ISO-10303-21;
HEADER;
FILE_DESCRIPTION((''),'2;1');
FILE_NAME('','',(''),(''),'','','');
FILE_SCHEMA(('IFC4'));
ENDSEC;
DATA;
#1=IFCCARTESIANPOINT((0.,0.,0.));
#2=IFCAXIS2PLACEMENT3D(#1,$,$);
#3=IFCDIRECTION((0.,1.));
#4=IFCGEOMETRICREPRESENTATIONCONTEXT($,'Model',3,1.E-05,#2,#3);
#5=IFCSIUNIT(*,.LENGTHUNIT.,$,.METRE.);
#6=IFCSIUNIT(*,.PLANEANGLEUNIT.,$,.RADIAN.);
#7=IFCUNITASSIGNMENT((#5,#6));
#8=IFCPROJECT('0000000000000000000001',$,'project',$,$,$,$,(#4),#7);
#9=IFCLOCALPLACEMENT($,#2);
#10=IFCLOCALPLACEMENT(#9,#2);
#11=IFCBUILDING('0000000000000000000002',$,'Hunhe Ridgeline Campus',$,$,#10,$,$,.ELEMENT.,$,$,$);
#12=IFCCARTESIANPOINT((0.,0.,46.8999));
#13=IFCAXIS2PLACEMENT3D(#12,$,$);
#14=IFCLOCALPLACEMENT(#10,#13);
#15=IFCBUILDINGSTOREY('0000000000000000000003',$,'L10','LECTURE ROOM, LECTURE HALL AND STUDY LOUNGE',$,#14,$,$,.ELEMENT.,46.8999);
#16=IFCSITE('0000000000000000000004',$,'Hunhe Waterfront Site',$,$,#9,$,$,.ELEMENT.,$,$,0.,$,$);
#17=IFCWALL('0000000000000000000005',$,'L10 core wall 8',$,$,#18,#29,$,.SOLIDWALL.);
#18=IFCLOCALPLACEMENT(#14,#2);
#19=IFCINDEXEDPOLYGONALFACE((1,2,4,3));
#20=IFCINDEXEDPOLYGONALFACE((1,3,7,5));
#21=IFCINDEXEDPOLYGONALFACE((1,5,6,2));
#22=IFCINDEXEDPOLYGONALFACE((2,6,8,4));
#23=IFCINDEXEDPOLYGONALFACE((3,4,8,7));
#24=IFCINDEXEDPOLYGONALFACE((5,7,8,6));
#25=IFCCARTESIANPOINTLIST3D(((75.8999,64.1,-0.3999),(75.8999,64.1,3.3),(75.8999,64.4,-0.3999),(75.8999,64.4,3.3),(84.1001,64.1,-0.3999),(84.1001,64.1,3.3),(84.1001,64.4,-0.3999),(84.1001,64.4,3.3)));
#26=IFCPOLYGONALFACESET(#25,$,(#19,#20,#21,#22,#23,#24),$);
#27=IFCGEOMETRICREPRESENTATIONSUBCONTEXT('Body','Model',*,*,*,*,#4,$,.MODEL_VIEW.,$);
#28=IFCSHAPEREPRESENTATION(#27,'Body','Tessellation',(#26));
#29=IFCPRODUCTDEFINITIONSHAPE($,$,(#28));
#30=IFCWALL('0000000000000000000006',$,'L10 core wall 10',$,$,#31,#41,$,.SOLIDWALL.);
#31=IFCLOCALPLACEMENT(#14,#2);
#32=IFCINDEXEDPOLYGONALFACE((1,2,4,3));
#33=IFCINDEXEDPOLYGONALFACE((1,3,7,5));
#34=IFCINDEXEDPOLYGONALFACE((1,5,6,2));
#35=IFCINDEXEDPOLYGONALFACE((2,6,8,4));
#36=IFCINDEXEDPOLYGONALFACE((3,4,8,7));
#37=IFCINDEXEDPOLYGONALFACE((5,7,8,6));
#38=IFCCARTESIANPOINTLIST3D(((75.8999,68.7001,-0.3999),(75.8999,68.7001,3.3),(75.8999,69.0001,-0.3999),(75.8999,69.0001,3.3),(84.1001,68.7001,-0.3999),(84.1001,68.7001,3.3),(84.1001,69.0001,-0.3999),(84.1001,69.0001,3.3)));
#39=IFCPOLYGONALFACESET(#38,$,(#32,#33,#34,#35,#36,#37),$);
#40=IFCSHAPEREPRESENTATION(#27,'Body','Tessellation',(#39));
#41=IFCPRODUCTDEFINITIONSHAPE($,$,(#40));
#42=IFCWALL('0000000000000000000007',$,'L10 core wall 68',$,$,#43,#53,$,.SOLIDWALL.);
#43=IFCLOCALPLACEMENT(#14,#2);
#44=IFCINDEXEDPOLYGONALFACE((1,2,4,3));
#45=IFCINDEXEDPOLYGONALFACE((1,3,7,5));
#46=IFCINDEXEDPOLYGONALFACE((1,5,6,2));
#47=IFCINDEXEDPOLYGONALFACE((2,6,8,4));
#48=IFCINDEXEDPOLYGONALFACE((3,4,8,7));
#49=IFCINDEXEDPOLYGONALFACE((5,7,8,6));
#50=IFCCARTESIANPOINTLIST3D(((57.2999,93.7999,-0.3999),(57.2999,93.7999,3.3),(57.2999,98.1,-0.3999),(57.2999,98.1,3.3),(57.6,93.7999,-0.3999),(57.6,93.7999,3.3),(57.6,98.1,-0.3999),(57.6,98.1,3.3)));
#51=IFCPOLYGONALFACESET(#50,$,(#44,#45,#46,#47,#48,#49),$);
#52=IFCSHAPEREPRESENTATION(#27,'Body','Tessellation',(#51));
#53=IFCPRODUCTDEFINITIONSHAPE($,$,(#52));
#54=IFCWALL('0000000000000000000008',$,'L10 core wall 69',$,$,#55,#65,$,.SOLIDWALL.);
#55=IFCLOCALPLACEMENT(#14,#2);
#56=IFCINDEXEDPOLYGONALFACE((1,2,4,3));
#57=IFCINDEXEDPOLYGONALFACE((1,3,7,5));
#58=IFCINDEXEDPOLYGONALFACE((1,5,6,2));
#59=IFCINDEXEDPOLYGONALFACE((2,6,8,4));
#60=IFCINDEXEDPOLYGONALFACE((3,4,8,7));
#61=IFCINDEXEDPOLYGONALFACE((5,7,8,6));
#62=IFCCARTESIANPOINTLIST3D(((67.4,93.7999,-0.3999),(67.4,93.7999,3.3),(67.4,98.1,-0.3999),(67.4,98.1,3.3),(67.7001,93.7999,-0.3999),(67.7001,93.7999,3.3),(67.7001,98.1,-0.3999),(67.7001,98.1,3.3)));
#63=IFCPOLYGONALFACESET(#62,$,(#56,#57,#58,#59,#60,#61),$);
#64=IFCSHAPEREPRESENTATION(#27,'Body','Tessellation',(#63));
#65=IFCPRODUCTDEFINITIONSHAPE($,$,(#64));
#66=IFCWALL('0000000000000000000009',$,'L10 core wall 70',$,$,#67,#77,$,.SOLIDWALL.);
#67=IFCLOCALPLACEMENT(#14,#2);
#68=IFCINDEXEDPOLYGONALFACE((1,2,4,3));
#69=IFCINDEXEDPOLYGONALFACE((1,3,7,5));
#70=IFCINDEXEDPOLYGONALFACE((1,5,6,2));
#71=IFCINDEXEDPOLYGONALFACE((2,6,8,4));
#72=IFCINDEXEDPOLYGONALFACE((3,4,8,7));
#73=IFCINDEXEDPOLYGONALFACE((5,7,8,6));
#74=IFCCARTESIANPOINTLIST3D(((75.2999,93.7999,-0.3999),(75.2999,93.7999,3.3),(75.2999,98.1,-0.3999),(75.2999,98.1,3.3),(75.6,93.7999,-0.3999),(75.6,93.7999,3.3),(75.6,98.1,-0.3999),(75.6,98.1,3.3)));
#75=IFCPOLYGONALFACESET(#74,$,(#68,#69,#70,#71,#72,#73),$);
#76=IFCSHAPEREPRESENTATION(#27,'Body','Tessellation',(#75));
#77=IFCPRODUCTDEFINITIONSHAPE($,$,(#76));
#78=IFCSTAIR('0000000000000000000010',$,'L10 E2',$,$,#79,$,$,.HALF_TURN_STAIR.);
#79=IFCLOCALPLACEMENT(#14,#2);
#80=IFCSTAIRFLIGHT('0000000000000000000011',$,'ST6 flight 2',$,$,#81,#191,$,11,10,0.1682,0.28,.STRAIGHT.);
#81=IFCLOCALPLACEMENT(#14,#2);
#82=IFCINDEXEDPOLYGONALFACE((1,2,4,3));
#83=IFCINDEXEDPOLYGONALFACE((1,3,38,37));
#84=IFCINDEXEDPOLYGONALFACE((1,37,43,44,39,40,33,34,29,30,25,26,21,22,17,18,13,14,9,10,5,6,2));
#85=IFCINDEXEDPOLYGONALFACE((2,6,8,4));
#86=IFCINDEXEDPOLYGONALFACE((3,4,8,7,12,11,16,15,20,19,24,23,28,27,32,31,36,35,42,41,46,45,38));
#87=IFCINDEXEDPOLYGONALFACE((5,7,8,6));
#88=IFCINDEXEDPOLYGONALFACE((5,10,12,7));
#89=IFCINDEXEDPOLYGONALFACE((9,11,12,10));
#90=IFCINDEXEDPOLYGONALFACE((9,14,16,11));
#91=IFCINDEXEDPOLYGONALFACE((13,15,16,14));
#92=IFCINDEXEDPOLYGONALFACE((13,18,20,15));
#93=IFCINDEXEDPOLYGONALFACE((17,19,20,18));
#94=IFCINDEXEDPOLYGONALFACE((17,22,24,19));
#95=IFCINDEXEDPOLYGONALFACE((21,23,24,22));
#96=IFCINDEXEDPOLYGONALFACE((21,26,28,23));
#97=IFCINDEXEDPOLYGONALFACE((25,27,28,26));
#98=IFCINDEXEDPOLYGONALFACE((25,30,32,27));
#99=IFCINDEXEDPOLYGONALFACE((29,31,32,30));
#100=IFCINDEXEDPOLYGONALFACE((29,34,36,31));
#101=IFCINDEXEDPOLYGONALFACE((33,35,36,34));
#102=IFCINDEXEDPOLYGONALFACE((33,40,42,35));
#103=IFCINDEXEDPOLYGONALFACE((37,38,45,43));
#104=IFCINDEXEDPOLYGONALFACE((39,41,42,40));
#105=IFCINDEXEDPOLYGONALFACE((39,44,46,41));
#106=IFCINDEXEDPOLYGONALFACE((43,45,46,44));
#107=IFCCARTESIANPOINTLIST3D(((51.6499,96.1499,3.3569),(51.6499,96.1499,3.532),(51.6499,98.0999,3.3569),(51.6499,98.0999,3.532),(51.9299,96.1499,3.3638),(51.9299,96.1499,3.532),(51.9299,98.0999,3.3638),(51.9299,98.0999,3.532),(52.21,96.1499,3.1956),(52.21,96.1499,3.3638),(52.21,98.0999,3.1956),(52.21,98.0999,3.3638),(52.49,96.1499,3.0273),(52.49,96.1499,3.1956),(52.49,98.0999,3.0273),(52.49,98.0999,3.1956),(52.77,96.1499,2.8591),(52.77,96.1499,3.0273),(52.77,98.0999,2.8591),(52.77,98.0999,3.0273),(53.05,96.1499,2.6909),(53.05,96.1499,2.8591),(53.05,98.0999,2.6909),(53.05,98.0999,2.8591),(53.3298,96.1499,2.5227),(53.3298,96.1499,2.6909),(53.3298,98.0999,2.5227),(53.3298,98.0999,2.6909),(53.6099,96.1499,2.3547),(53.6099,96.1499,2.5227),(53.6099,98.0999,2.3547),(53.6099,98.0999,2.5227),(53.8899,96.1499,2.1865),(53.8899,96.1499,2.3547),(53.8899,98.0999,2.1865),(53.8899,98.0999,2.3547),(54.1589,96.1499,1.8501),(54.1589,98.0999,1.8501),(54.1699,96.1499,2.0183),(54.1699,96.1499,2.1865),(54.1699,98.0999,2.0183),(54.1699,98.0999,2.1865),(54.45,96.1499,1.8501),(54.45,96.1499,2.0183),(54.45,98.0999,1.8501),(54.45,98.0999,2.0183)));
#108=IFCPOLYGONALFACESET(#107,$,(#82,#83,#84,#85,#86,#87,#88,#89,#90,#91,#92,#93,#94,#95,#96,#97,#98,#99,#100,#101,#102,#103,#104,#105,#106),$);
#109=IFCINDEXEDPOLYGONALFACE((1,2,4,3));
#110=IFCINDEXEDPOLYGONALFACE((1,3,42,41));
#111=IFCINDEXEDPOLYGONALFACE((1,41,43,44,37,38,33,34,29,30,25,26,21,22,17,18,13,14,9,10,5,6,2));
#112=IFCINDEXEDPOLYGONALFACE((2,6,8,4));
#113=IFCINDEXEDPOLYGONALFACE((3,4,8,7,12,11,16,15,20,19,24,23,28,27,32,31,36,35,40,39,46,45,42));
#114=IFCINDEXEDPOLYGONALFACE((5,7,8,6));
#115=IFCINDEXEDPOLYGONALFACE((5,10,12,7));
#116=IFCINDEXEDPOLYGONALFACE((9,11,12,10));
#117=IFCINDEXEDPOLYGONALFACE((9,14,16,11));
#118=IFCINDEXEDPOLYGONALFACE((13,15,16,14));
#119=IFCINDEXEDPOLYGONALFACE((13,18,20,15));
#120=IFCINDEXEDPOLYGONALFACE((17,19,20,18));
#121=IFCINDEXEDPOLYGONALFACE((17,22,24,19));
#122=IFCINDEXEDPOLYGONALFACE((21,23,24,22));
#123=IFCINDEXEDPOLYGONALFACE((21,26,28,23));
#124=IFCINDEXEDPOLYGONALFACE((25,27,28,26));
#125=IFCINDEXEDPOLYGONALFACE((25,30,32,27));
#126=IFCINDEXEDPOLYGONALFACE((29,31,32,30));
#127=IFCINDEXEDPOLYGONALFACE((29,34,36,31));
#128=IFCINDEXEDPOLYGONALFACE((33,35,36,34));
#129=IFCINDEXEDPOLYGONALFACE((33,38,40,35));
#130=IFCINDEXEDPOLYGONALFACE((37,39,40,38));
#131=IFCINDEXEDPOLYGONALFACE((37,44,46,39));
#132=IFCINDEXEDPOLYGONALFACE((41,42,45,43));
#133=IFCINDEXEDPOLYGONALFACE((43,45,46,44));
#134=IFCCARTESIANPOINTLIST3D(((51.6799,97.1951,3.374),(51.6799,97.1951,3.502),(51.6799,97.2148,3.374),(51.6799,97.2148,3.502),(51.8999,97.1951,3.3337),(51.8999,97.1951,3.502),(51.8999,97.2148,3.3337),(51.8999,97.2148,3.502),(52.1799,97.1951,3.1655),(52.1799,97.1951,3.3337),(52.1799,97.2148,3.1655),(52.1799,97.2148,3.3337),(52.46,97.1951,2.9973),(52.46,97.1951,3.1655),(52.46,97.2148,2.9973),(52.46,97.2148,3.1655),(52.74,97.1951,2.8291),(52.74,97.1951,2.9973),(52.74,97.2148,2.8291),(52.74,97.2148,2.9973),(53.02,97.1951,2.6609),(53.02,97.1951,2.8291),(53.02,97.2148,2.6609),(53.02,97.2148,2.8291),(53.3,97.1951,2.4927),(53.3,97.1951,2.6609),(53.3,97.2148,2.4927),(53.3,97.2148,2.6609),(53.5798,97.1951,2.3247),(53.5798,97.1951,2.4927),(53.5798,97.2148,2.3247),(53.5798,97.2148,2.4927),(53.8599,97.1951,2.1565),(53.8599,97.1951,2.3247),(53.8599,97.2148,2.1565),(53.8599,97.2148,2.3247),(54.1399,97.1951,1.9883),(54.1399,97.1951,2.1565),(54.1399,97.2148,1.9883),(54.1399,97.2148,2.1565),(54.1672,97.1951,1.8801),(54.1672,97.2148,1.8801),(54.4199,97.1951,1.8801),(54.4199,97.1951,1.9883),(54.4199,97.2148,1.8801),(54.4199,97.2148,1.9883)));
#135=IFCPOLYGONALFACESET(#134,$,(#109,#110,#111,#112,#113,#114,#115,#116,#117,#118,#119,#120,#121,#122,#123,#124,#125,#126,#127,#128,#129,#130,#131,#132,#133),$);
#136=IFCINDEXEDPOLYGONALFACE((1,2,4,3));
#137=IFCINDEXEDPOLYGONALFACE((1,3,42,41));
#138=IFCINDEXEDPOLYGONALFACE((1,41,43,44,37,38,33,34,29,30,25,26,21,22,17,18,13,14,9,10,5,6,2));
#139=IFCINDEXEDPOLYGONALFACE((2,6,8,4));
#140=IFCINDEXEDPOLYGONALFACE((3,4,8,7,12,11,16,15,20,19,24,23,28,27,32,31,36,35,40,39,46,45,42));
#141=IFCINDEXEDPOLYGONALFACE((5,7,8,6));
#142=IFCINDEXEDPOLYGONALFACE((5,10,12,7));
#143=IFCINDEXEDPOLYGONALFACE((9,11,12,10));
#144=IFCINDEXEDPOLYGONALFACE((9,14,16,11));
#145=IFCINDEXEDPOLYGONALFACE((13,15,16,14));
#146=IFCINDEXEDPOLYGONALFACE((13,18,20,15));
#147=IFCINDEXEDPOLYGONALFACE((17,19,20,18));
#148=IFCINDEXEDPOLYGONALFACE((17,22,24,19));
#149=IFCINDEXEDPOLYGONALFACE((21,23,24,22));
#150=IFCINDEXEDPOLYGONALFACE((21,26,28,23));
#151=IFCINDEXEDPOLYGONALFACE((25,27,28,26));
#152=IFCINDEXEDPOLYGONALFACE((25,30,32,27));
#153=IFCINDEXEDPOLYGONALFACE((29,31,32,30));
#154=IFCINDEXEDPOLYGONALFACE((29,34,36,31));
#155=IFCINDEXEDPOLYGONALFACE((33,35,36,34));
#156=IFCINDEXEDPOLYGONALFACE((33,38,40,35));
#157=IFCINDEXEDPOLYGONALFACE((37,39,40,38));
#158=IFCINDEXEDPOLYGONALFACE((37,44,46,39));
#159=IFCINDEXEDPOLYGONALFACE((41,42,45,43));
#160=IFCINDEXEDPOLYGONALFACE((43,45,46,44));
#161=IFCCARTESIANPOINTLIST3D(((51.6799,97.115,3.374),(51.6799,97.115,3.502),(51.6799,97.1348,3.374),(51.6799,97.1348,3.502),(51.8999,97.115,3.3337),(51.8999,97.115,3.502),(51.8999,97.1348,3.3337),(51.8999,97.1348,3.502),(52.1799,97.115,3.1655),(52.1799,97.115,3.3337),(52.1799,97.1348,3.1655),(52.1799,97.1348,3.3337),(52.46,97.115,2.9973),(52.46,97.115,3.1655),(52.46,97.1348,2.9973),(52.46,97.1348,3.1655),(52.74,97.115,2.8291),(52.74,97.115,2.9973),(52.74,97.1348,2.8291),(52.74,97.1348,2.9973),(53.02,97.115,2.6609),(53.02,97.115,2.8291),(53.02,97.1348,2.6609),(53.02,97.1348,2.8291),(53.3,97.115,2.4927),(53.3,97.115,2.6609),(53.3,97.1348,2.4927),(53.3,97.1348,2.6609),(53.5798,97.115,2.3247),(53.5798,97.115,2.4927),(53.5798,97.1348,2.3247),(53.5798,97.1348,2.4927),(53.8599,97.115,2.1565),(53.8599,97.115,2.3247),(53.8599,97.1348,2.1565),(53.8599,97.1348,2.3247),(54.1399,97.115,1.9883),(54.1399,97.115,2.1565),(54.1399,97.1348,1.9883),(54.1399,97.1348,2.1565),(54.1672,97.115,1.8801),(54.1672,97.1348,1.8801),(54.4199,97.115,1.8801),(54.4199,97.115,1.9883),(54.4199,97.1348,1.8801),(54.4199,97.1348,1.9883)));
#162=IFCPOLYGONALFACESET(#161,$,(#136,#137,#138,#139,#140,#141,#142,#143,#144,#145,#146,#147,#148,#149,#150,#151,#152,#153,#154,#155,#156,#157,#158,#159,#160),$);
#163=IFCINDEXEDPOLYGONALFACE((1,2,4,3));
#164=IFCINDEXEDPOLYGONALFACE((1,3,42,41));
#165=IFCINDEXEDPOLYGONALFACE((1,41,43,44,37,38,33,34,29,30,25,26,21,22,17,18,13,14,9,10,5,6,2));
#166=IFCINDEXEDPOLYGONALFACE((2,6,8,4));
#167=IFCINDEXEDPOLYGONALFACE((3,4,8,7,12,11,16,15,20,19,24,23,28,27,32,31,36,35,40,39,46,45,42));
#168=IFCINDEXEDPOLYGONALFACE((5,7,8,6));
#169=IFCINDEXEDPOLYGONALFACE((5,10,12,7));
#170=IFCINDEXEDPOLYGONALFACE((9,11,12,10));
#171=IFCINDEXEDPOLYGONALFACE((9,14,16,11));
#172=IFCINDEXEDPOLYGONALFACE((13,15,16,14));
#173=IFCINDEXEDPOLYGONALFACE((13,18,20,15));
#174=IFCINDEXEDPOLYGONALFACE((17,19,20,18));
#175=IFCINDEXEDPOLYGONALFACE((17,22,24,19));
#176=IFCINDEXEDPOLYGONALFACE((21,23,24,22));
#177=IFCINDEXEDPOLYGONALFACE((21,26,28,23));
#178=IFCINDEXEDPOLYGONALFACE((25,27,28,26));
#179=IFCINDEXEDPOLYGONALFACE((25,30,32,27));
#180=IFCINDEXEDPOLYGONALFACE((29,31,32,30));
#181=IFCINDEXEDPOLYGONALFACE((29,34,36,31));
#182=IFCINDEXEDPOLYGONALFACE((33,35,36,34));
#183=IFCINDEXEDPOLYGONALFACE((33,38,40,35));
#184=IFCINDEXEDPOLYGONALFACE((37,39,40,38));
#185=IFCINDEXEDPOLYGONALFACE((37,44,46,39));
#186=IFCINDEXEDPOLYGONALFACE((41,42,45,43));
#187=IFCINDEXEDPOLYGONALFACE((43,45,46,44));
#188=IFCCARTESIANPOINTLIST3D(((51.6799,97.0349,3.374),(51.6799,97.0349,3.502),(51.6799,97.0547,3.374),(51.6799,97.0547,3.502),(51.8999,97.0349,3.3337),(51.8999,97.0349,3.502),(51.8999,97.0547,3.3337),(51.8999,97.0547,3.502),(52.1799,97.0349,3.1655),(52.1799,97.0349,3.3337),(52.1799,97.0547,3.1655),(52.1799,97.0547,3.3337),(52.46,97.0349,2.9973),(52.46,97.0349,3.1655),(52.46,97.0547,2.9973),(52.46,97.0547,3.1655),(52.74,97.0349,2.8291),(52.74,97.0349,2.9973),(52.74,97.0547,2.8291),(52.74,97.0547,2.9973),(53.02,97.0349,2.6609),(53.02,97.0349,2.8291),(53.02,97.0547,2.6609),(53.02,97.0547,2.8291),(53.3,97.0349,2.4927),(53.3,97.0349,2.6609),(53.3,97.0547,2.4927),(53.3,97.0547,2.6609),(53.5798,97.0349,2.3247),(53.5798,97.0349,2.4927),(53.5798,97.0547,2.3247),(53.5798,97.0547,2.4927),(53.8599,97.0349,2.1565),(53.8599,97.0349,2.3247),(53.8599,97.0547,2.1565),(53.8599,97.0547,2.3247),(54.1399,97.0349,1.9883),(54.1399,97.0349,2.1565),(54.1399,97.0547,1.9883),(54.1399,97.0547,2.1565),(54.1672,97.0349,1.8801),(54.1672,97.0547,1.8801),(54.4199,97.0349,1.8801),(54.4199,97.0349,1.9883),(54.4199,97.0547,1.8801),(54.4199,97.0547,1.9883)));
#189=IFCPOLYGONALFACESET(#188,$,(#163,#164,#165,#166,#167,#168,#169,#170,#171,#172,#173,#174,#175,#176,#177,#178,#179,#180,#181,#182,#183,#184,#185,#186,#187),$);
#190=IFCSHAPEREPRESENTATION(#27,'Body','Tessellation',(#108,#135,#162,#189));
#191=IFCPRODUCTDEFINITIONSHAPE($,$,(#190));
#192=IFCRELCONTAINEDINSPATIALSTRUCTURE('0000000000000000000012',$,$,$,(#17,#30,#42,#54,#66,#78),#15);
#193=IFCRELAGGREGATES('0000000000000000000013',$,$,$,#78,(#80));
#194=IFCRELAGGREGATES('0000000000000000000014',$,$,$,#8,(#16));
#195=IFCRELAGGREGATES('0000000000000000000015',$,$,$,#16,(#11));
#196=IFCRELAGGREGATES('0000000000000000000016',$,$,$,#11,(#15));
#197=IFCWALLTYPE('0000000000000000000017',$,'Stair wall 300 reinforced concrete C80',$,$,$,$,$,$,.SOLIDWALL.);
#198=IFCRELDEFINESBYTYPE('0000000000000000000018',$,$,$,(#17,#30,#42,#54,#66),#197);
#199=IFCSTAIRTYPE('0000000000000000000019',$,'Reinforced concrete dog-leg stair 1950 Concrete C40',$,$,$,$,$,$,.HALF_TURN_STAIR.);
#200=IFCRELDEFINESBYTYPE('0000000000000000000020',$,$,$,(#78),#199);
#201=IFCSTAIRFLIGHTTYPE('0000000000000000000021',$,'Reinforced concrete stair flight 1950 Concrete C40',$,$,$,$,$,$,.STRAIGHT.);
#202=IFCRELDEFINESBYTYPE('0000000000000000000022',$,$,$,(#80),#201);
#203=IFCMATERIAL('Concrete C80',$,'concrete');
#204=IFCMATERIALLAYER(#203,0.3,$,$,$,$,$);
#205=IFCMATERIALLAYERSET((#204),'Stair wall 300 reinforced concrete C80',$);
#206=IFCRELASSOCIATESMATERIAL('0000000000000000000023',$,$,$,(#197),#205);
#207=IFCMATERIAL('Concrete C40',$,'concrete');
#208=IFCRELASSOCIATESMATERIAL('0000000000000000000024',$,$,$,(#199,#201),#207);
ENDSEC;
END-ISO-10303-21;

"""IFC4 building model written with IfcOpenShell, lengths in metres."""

from ifc_helpers import new_model, si_unit, direction, frame, frame_2d, origin, place, context, subcontext, project, spatial, polyline, rectangle, outline, extrude, material, layer, layer_set, type_object, element, aggregate, save


model = new_model("IFC4")

# Units and contexts
model_context = context("Model", 3, precision=1e-05, world=origin(), true_north=direction((0.0, 1.0)))
body_context = subcontext(model_context, "Body", "Model", "MODEL_VIEW")
ifc_project = project(units=[si_unit("LENGTHUNIT", "METRE"), si_unit("PLANEANGLEUNIT", "RADIAN")], contexts=[model_context])

# Site, building, storey
site_placement = place(None, origin())
site = spatial("IfcSite", under=ifc_project, at=site_placement, Name="Hunhe Waterfront Site", CompositionType="ELEMENT", RefElevation=0.0)
building_placement = place(site_placement, origin())
building = spatial("IfcBuilding", under=site, at=building_placement, Name="Hunhe Ridgeline Campus", CompositionType="ELEMENT")
storey_placement = place(building_placement, frame((0.0, 0.0, 46.8999)))
storey = spatial("IfcBuildingStorey", under=building, at=storey_placement, Name="L10", Description="LECTURE ROOM, LECTURE HALL AND STUDY LOUNGE", CompositionType="ELEMENT", Elevation=46.8999)

# Shared definitions
ifc_material_1 = material(Name="Concrete C80", Category="concrete")

# Walls
ifc_layer_1 = layer(ifc_material_1, 0.3)
ifc_layer_set_1 = layer_set([ifc_layer_1], Name="Stair wall 300 reinforced concrete C80")
wall_type_1 = type_object("IfcWallType", Name="Stair wall 300 reinforced concrete C80", PredefinedType="SOLIDWALL", material=ifc_layer_set_1)
for number, where, z_axis, x_axis, name in (
    (1, (75.8999, 64.25, -0.3999), (0.0, 0.0, 1.0), (1.0, 0.0, 0.0), "L10 core wall 8"),
    (2, (75.8999, 68.8501, -0.3999), (0.0, 0.0, 1.0), (1.0, 0.0, 0.0), "L10 core wall 10"),
):
    element("IfcWall", number, at=place(storey_placement, frame(where, z_axis=z_axis, x_axis=x_axis)), inside=storey, type_object=wall_type_1, Name=name, PredefinedType="SOLIDWALL", context=body_context, shape_type="SweptSolid", body=[
        extrude(rectangle(XDim=8.2002, YDim=0.3, at=frame_2d((4.1001, 0.0))), origin(), (0.0, 0.0, 1.0), 3.7),
    ])

# Walls
for number, where, z_axis, x_axis, name in (
    (3, (57.45, 93.8, -0.3999), (0.0, 0.0, 1.0), (0.0, 1.0, 0.0), "L10 core wall 68"),
    (4, (67.55, 93.8, -0.3999), (0.0, 0.0, 1.0), (0.0, 1.0, 0.0), "L10 core wall 69"),
    (5, (75.45, 93.8, -0.3999), (0.0, 0.0, 1.0), (0.0, 1.0, 0.0), "L10 core wall 70"),
):
    element("IfcWall", number, at=place(storey_placement, frame(where, z_axis=z_axis, x_axis=x_axis)), inside=storey, type_object=wall_type_1, Name=name, PredefinedType="SOLIDWALL", context=body_context, shape_type="SweptSolid", body=[
        extrude(rectangle(XDim=4.3, YDim=0.3, at=frame_2d((2.1499, 0.0))), origin(), (0.0, 0.0, 1.0), 3.7),
    ])

# Stair, stair flight
ifc_material_2 = material(Name="Concrete C40", Category="concrete")
stair_type = type_object("IfcStairType", Name="Reinforced concrete dog-leg stair 1950 Concrete C40", PredefinedType="HALF_TURN_STAIR", material=ifc_material_2)
stair_1_placement = place(storey_placement, origin())
stair_1 = element("IfcStair", 6, at=stair_1_placement, inside=storey, type_object=stair_type, Name="L10 E2", PredefinedType="HALF_TURN_STAIR")
stair_flight_type = type_object("IfcStairFlightType", Name="Reinforced concrete stair flight 1950 Concrete C40", PredefinedType="STRAIGHT", material=ifc_material_2)
stair_flight_1_placement = place(storey_placement, frame((54.45, 97.125, 1.8501), z_axis=(0.0, 0.0, 1.0), x_axis=(-1.0, 0.0, 0.0)))
stair_flight_1 = element("IfcStairFlight", 7, at=stair_flight_1_placement, type_object=stair_flight_type, Name="ST6 flight 2", NumberOfRisers=11, NumberOfTreads=10, PredefinedType="STRAIGHT", RiserHeight=0.1682, TreadLength=0.28, context=body_context, shape_type="SweptSolid", body=[
    extrude(outline(polyline([(0.0, 0.0), (0.0, 0.1682), (0.28, 0.1682), (0.28, 0.3364), (0.5601, 0.3364), (0.5601, 0.5046), (0.8401, 0.5046), (0.8401, 0.6726), (1.1201, 0.6726), (1.1201, 0.8408), (1.3999, 0.8408), (1.3999, 1.009), (1.6799, 1.009), (1.6799, 1.1772), (1.96, 1.1772), (1.96, 1.3455), (2.24, 1.3455), (2.24, 1.5137), (2.52, 1.5137), (2.52, 1.6819), (2.8, 1.6819), (2.8, 1.8501), (2.8, 1.5068), (0.291, 0.0), (0.0, 0.0)])), frame((0.0, 0.9751, 0.0), z_axis=(0.0, -1.0, 0.0), x_axis=(1.0, 0.0, 0.0)), (0.0, 0.0, 1.0), 1.95),
    extrude(outline(polyline([(0.03, 0.03), (0.03, 0.1382), (0.3101, 0.1382), (0.3101, 0.3064), (0.5901, 0.3064), (0.5901, 0.4746), (0.8701, 0.4746), (0.8701, 0.6426), (1.1499, 0.6426), (1.1499, 0.8108), (1.4299, 0.8108), (1.4299, 0.979), (1.71, 0.979), (1.71, 1.1472), (1.99, 1.1472), (1.99, 1.3154), (2.27, 1.3154), (2.27, 1.4836), (2.55, 1.4836), (2.55, 1.6519), (2.77, 1.6519), (2.77, 1.5239), (0.2827, 0.03), (0.03, 0.03)])), frame((0.0, -0.0701, 0.0), z_axis=(0.0, -1.0, 0.0), x_axis=(1.0, 0.0, 0.0)), (0.0, 0.0, 1.0), 0.0198),
    extrude(outline(polyline([(0.03, 0.03), (0.03, 0.1382), (0.3101, 0.1382), (0.3101, 0.3064), (0.5901, 0.3064), (0.5901, 0.4746), (0.8701, 0.4746), (0.8701, 0.6426), (1.1499, 0.6426), (1.1499, 0.8108), (1.4299, 0.8108), (1.4299, 0.979), (1.71, 0.979), (1.71, 1.1472), (1.99, 1.1472), (1.99, 1.3154), (2.27, 1.3154), (2.27, 1.4836), (2.55, 1.4836), (2.55, 1.6519), (2.77, 1.6519), (2.77, 1.5239), (0.2827, 0.03), (0.03, 0.03)])), frame((0.0, 0.01, 0.0), z_axis=(0.0, -1.0, 0.0), x_axis=(1.0, 0.0, 0.0)), (0.0, 0.0, 1.0), 0.0198),
    extrude(outline(polyline([(0.03, 0.03), (0.03, 0.1382), (0.3101, 0.1382), (0.3101, 0.3064), (0.5901, 0.3064), (0.5901, 0.4746), (0.8701, 0.4746), (0.8701, 0.6426), (1.1499, 0.6426), (1.1499, 0.8108), (1.4299, 0.8108), (1.4299, 0.979), (1.71, 0.979), (1.71, 1.1472), (1.99, 1.1472), (1.99, 1.3154), (2.27, 1.3154), (2.27, 1.4836), (2.55, 1.4836), (2.55, 1.6519), (2.77, 1.6519), (2.77, 1.5239), (0.2827, 0.03), (0.03, 0.03)])), frame((0.0, 0.0901, 0.0), z_axis=(0.0, -1.0, 0.0), x_axis=(1.0, 0.0, 0.0)), (0.0, 0.0, 1.0), 0.0198),
])
aggregate(stair_1, [stair_flight_1])

save(model, "model.ifc")
